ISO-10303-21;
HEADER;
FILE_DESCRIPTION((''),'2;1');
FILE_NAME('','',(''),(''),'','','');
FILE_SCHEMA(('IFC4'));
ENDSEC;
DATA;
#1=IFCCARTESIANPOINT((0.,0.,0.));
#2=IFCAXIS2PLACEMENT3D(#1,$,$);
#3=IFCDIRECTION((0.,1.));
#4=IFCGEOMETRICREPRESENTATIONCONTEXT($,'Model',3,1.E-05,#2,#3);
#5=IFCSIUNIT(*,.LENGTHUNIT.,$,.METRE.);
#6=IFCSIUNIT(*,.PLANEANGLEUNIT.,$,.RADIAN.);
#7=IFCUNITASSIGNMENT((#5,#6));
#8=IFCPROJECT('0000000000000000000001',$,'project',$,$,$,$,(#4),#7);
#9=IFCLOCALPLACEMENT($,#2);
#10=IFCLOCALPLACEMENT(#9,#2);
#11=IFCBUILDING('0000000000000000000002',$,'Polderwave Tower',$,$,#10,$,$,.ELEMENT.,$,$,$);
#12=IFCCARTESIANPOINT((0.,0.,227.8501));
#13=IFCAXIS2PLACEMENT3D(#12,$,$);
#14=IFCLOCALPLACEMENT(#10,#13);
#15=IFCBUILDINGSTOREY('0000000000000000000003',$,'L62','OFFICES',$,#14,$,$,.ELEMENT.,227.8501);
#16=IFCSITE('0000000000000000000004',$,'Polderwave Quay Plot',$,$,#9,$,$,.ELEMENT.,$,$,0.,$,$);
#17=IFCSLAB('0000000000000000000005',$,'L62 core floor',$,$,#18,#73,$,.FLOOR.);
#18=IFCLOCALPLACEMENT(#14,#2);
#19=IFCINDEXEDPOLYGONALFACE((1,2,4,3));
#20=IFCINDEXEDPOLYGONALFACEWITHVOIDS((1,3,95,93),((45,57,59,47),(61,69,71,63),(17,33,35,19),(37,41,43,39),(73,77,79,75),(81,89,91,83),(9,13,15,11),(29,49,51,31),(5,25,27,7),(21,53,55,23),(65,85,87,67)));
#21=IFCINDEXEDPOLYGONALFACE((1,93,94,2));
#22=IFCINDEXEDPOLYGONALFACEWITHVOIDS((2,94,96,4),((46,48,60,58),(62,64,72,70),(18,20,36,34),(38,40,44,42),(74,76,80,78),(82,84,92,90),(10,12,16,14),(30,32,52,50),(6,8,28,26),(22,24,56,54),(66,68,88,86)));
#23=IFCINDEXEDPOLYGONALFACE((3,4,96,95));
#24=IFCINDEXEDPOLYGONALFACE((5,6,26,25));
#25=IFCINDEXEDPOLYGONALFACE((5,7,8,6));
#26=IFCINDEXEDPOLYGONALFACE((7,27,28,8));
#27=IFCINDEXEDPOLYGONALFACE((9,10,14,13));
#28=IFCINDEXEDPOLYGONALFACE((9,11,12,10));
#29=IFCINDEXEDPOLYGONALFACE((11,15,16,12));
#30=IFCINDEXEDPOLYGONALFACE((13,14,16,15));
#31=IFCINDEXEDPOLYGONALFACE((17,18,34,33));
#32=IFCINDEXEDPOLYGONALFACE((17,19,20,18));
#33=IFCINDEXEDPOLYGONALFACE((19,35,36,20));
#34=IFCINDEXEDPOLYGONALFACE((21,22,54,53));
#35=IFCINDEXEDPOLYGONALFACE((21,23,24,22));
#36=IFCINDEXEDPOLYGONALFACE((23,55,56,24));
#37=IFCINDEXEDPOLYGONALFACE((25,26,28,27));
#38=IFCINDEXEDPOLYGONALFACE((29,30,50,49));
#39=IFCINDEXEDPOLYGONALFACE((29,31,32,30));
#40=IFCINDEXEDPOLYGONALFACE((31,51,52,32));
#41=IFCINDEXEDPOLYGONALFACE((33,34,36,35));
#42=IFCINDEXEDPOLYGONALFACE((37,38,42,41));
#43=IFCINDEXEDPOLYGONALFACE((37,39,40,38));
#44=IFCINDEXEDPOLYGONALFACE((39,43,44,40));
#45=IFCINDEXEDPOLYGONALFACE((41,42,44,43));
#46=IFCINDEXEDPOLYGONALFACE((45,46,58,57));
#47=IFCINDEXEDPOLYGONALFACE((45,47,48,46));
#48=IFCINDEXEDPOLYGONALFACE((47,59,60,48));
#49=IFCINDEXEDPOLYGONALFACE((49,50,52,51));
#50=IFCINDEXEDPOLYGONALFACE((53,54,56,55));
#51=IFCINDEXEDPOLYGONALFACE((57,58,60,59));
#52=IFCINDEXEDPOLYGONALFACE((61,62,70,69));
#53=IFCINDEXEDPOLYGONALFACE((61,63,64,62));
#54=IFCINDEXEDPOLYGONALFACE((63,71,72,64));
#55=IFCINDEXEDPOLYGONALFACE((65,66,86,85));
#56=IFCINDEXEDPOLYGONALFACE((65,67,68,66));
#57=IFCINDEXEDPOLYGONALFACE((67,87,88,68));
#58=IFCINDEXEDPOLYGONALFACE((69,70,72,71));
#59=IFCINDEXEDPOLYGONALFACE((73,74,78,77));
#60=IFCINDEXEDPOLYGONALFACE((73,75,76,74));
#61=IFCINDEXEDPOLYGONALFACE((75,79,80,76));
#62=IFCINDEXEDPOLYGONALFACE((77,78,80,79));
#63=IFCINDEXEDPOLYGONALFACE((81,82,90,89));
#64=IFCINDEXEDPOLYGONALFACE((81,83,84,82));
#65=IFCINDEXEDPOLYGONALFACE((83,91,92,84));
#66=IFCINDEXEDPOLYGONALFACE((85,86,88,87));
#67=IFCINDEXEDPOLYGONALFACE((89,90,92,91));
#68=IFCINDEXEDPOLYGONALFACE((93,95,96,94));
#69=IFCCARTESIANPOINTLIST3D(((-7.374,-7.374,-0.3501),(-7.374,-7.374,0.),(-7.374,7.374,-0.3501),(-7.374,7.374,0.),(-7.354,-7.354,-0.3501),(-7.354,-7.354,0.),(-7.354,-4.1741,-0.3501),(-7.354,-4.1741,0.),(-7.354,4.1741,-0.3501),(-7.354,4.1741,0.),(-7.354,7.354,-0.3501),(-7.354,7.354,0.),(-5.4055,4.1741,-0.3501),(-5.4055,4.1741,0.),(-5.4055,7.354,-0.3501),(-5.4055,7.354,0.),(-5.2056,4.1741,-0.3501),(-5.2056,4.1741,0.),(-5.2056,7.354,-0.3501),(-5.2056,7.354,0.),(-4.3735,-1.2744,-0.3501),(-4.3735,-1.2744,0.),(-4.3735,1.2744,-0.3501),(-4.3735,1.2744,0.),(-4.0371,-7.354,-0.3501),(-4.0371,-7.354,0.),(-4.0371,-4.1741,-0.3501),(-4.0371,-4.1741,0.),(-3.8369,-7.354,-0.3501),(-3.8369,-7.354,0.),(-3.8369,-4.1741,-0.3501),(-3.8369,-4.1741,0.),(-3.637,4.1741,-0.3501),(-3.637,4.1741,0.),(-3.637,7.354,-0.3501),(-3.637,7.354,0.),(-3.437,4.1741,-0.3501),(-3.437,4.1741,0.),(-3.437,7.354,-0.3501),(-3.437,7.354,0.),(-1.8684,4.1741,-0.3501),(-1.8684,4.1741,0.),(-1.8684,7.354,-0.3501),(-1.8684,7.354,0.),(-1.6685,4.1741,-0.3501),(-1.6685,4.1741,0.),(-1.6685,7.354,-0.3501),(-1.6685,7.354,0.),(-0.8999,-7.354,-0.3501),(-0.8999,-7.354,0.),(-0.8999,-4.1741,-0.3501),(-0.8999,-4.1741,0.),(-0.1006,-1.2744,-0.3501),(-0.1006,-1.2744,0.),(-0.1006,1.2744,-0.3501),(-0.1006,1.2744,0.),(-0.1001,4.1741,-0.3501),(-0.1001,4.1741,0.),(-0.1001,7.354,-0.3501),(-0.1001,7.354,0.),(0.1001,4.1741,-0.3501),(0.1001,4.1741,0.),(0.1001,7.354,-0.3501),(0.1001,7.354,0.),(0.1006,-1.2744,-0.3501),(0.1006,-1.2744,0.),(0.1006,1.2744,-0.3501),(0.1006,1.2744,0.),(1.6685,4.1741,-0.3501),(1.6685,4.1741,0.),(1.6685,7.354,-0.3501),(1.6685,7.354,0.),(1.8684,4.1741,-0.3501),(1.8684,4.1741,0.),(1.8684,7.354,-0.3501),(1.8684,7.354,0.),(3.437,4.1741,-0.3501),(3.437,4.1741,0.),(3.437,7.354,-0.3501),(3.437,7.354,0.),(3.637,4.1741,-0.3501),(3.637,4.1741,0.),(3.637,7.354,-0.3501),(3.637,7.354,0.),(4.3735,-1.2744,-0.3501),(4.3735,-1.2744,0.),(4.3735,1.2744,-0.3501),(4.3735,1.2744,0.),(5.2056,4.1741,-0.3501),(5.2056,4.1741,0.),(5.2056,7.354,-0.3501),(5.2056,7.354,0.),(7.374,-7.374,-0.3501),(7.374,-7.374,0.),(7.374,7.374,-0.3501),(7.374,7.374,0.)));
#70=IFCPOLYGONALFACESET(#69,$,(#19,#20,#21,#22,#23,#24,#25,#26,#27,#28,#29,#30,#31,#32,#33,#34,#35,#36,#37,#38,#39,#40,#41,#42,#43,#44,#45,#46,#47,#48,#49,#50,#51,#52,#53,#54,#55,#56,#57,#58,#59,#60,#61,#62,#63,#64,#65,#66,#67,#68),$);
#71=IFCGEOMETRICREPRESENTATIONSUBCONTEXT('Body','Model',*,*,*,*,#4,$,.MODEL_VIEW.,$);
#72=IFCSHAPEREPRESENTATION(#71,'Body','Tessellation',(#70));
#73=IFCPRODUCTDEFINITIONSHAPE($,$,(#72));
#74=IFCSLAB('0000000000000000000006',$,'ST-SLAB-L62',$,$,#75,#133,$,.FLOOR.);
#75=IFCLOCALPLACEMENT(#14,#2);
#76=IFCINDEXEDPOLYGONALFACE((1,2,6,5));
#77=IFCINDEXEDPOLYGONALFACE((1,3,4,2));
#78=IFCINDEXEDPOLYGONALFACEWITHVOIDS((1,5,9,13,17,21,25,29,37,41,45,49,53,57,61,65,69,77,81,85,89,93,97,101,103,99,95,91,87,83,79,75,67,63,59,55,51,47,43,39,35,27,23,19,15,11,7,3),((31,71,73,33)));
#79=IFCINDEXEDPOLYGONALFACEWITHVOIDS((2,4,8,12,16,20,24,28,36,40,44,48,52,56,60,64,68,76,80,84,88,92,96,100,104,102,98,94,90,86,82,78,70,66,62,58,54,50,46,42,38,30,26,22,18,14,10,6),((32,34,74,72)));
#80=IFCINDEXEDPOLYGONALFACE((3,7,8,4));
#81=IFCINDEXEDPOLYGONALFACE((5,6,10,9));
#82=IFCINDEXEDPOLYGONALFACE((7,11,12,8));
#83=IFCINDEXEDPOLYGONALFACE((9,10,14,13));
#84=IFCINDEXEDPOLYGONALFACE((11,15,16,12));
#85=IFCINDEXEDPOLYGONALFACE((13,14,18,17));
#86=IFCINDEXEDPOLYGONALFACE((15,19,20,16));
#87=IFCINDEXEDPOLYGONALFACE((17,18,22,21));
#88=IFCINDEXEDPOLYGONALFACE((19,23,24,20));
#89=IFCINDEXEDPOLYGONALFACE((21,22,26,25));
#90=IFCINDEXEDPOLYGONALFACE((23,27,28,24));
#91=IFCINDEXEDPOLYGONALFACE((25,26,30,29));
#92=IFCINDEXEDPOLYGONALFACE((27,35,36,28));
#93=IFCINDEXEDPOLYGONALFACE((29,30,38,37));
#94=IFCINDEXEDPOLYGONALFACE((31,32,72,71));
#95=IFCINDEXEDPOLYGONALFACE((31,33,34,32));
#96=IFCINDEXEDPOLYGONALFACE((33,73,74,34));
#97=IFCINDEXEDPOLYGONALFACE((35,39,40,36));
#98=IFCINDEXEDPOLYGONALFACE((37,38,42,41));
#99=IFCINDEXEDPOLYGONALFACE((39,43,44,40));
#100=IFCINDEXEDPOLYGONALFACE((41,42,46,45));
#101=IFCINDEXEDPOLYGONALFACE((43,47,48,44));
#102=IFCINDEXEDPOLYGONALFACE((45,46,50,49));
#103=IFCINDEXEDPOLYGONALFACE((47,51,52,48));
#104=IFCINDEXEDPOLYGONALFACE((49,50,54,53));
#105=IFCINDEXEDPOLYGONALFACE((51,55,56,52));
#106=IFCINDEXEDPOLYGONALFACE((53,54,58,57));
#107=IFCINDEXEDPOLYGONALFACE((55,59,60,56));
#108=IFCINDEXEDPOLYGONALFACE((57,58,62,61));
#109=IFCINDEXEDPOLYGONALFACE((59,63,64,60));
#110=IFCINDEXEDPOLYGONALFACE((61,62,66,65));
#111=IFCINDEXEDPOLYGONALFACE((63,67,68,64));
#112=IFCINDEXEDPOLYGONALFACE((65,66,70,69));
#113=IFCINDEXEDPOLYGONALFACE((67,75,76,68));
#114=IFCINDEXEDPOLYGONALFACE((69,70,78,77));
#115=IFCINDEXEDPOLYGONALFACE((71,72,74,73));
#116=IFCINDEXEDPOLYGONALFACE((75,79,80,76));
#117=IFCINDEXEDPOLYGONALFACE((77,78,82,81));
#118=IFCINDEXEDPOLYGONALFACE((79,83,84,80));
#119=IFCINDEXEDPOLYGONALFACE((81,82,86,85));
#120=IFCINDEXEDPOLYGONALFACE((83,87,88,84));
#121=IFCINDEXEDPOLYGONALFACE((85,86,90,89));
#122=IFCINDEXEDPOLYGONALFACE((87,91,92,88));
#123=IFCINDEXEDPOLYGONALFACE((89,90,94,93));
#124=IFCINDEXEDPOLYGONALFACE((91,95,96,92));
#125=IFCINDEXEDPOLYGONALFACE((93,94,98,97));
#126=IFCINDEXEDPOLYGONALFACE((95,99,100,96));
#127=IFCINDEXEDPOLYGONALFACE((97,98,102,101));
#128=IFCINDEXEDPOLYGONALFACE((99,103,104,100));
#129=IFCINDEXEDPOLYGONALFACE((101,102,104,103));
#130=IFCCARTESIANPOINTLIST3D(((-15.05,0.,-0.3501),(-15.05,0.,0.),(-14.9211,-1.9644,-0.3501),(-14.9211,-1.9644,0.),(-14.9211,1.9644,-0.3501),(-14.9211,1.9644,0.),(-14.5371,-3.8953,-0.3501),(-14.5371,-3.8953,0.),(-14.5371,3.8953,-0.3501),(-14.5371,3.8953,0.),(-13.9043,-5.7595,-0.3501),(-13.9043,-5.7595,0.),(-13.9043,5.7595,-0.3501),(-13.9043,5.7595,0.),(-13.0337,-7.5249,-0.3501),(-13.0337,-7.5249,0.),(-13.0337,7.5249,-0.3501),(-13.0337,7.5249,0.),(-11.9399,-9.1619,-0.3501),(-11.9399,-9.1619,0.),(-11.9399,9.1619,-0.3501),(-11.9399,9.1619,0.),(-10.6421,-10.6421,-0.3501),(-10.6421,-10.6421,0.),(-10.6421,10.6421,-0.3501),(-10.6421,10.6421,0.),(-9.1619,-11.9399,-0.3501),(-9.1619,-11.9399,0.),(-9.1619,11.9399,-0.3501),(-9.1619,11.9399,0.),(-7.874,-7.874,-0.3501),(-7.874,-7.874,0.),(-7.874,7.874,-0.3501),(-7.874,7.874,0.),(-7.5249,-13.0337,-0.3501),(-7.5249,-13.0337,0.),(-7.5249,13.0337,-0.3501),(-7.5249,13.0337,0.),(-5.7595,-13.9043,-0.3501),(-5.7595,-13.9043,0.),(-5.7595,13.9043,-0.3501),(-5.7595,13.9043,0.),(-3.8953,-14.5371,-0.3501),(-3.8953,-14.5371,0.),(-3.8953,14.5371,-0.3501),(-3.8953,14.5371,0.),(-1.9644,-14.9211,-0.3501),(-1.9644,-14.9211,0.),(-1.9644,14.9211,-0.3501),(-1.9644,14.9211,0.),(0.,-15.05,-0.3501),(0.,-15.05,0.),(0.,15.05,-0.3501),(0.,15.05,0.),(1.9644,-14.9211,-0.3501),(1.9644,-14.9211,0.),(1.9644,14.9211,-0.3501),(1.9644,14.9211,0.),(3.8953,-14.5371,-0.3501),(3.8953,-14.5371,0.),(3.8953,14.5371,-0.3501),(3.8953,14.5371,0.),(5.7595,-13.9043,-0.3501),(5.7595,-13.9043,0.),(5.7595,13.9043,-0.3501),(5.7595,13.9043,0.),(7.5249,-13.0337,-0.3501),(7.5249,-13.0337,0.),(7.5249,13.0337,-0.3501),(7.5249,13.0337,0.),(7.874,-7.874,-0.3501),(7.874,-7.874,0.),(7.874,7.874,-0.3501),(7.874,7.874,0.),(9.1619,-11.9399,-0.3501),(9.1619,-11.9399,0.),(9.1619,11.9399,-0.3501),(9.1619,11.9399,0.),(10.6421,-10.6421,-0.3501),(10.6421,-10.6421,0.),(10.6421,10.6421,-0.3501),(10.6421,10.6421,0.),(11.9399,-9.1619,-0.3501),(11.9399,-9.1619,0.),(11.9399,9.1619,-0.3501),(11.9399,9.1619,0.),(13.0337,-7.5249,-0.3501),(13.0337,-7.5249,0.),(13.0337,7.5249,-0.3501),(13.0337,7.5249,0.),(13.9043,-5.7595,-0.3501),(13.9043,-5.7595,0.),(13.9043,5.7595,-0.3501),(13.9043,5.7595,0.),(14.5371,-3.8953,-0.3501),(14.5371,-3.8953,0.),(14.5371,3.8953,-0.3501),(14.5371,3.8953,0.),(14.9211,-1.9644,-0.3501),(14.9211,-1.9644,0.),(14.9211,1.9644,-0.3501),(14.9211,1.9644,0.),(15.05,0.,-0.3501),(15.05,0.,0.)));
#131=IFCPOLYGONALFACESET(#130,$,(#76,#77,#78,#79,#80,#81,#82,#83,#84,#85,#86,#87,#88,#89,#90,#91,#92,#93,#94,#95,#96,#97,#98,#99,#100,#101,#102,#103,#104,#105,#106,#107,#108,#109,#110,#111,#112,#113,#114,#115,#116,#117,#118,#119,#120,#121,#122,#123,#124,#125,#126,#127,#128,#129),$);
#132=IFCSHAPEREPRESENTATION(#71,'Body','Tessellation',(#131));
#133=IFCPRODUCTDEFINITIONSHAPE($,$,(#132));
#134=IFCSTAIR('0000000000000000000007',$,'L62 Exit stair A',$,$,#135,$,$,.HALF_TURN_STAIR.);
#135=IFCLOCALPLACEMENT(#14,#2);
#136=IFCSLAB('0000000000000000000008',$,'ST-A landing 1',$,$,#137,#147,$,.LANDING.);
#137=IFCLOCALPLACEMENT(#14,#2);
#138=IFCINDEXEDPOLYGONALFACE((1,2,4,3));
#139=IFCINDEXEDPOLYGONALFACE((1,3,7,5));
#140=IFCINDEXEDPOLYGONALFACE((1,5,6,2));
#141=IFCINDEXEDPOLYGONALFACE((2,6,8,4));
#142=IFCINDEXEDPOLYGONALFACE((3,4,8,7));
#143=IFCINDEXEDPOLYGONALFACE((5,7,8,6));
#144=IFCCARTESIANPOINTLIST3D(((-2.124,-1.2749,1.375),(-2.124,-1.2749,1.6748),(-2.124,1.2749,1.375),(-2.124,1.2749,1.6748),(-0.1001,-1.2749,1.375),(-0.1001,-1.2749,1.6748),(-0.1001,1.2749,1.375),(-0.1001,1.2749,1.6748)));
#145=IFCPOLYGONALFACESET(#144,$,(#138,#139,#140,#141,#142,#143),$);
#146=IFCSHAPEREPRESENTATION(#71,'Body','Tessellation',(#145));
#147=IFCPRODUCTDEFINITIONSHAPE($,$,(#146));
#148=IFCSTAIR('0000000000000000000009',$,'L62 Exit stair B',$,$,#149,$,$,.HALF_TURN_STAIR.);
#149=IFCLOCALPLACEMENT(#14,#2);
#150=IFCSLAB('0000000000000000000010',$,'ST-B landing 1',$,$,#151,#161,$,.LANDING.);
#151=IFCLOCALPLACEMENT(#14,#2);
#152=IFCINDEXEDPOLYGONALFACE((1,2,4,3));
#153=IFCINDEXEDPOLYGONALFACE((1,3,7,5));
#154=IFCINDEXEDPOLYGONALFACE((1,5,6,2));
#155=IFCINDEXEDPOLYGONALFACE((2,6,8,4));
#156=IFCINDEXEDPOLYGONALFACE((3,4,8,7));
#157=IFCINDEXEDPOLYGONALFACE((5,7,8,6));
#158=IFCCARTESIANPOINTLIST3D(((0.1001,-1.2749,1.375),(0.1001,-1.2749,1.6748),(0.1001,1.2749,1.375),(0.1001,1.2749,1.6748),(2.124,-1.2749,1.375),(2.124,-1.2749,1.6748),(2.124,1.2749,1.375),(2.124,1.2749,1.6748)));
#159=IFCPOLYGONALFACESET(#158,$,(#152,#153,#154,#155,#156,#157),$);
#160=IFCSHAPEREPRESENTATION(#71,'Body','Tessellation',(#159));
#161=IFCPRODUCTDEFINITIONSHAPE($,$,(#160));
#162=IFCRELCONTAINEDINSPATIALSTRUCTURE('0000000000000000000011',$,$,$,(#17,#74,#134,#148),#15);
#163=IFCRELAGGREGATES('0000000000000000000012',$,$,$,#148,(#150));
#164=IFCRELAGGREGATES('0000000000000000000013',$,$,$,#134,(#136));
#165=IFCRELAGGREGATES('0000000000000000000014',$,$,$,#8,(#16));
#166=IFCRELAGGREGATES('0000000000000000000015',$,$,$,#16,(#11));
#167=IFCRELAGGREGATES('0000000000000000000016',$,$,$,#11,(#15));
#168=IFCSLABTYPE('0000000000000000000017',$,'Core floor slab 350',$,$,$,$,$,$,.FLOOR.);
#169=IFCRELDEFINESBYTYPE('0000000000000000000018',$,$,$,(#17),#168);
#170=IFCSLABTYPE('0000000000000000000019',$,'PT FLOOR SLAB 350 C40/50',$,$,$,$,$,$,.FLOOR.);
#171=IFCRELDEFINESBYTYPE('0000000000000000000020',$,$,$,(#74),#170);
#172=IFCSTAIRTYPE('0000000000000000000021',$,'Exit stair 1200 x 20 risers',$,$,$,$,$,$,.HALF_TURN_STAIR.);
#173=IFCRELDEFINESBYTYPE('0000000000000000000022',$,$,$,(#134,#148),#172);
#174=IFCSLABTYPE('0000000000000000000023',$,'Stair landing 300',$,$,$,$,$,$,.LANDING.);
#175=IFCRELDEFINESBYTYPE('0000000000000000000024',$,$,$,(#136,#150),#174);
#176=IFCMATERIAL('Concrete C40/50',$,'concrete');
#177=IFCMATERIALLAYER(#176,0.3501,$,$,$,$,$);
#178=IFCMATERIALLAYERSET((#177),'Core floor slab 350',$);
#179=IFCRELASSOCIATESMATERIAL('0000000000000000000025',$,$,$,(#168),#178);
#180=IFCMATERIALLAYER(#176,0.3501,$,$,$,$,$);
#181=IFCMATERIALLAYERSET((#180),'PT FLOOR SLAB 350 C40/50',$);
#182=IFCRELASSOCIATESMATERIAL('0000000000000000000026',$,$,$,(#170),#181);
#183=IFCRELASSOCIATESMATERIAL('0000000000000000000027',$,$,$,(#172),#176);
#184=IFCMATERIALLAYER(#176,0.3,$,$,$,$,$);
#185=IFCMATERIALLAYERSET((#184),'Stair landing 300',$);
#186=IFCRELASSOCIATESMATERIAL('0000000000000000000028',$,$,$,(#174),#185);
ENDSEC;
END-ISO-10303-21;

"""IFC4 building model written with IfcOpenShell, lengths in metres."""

from ifc_helpers import new_model, si_unit, direction, frame, origin, place, context, subcontext, project, spatial, polyline, outline, extrude, material, layer, layer_set, type_object, element, aggregate, save


model = new_model("IFC4")

# Units and contexts
model_context = context("Model", 3, precision=1e-05, world=origin(), true_north=direction((0.0, 1.0)))
body_context = subcontext(model_context, "Body", "Model", "MODEL_VIEW")
ifc_project = project(units=[si_unit("LENGTHUNIT", "METRE"), si_unit("PLANEANGLEUNIT", "RADIAN")], contexts=[model_context])

# Site, building, storey
site_placement = place(None, origin())
site = spatial("IfcSite", under=ifc_project, at=site_placement, Name="Polderwave Quay Plot", CompositionType="ELEMENT", RefElevation=0.0)
building_placement = place(site_placement, origin())
building = spatial("IfcBuilding", under=site, at=building_placement, Name="Polderwave Tower", CompositionType="ELEMENT")
storey_placement = place(building_placement, frame((0.0, 0.0, 227.8501)))
storey = spatial("IfcBuildingStorey", under=building, at=storey_placement, Name="L62", Description="OFFICES", CompositionType="ELEMENT", Elevation=227.8501)

# Slabs
ifc_material_1 = material(Name="Concrete C40/50", Category="concrete")
ifc_layer_1 = layer(ifc_material_1, 0.3501)
ifc_layer_set_1 = layer_set([ifc_layer_1], Name="Core floor slab 350")
slab_type_1 = type_object("IfcSlabType", Name="Core floor slab 350", PredefinedType="FLOOR", material=ifc_layer_set_1)
slab_1_placement = place(storey_placement, frame((0.0, 0.0, -0.3501)))
element("IfcSlab", 1, at=slab_1_placement, inside=storey, type_object=slab_type_1, Name="L62 core floor", PredefinedType="FLOOR", context=body_context, shape_type="SweptSolid", body=[
    extrude(outline(polyline([(-7.374, -7.374), (7.374, -7.374), (7.374, 7.374), (-7.374, 7.374), (-7.374, -7.374)]), holes=[polyline([(-7.354, -7.354), (-4.0371, -7.354), (-4.0371, -4.1741), (-7.354, -4.1741), (-7.354, -7.354)]), polyline([(-3.8369, -7.354), (-0.8999, -7.354), (-0.8999, -4.1741), (-3.8369, -4.1741), (-3.8369, -7.354)]), polyline([(-7.354, 4.1741), (-5.4055, 4.1741), (-5.4055, 7.354), (-7.354, 7.354), (-7.354, 4.1741)]), polyline([(-5.2056, 4.1741), (-3.637, 4.1741), (-3.637, 7.354), (-5.2056, 7.354), (-5.2056, 4.1741)]), polyline([(-3.437, 4.1741), (-1.8684, 4.1741), (-1.8684, 7.354), (-3.437, 7.354), (-3.437, 4.1741)]), polyline([(-1.6685, 4.1741), (-0.1001, 4.1741), (-0.1001, 7.354), (-1.6685, 7.354), (-1.6685, 4.1741)]), polyline([(0.1001, 4.1741), (1.6685, 4.1741), (1.6685, 7.354), (0.1001, 7.354), (0.1001, 4.1741)]), polyline([(1.8684, 4.1741), (3.437, 4.1741), (3.437, 7.354), (1.8684, 7.354), (1.8684, 4.1741)]), polyline([(3.637, 4.1741), (5.2056, 4.1741), (5.2056, 7.354), (3.637, 7.354), (3.637, 4.1741)]), polyline([(-4.3735, -1.2744), (-0.1006, -1.2744), (-0.1006, 1.2744), (-4.3735, 1.2744), (-4.3735, -1.2744)]), polyline([(0.1006, -1.2744), (4.3735, -1.2744), (4.3735, 1.2744), (0.1006, 1.2744), (0.1006, -1.2744)])]), origin(), (0.0, 0.0, 1.0), 0.3501),
])
ifc_layer_2 = layer(ifc_material_1, 0.3501)
ifc_layer_set_2 = layer_set([ifc_layer_2], Name="PT FLOOR SLAB 350 C40/50")
slab_type_2 = type_object("IfcSlabType", Name="PT FLOOR SLAB 350 C40/50", PredefinedType="FLOOR", material=ifc_layer_set_2)
slab_2_placement = place(storey_placement, frame((0.0, 0.0, -0.3501)))
element("IfcSlab", 2, at=slab_2_placement, inside=storey, type_object=slab_type_2, Name="ST-SLAB-L62", PredefinedType="FLOOR", context=body_context, shape_type="SweptSolid", body=[
    extrude(outline(polyline([(15.05, 0.0), (14.9211, 1.9644), (14.5371, 3.8953), (13.9043, 5.7595), (13.0337, 7.5249), (11.9399, 9.1619), (10.6421, 10.6421), (9.1619, 11.9399), (7.5249, 13.0337), (5.7595, 13.9043), (3.8953, 14.5371), (1.9644, 14.9211), (0.0, 15.05), (-1.9644, 14.9211), (-3.8953, 14.5371), (-5.7595, 13.9043), (-7.5249, 13.0337), (-9.1619, 11.9399), (-10.6421, 10.6421), (-11.9399, 9.1619), (-13.0337, 7.5249), (-13.9043, 5.7595), (-14.5371, 3.8953), (-14.9211, 1.9644), (-15.05, 0.0), (-14.9211, -1.9644), (-14.5371, -3.8953), (-13.9043, -5.7595), (-13.0337, -7.5249), (-11.9399, -9.1619), (-10.6421, -10.6421), (-9.1619, -11.9399), (-7.5249, -13.0337), (-5.7595, -13.9043), (-3.8953, -14.5371), (-1.9644, -14.9211), (0.0, -15.05), (1.9644, -14.9211), (3.8953, -14.5371), (5.7595, -13.9043), (7.5249, -13.0337), (9.1619, -11.9399), (10.6421, -10.6421), (11.9399, -9.1619), (13.0337, -7.5249), (13.9043, -5.7595), (14.5371, -3.8953), (14.9211, -1.9644), (15.05, 0.0)]), holes=[polyline([(-7.874, -7.874), (7.874, -7.874), (7.874, 7.874), (-7.874, 7.874), (-7.874, -7.874)])]), origin(), (0.0, 0.0, 1.0), 0.3501),
])

# Stairs, slabs
stair_type = type_object("IfcStairType", Name="Exit stair 1200 x 20 risers", PredefinedType="HALF_TURN_STAIR", material=ifc_material_1)
stair_1_placement = place(storey_placement, origin())
stair_1 = element("IfcStair", 3, at=stair_1_placement, inside=storey, type_object=stair_type, Name="L62 Exit stair A", PredefinedType="HALF_TURN_STAIR")
ifc_layer_3 = layer(ifc_material_1, 0.3)
ifc_layer_set_3 = layer_set([ifc_layer_3], Name="Stair landing 300")
slab_type_3 = type_object("IfcSlabType", Name="Stair landing 300", PredefinedType="LANDING", material=ifc_layer_set_3)
slab_3_placement = place(storey_placement, frame((0.0, 0.0, 1.375)))
slab_3 = element("IfcSlab", 4, at=slab_3_placement, type_object=slab_type_3, Name="ST-A landing 1", PredefinedType="LANDING", context=body_context, shape_type="SweptSolid", body=[
    extrude(outline(polyline([(-2.124, -1.2749), (-0.1001, -1.2749), (-0.1001, 1.2749), (-2.124, 1.2749), (-2.124, -1.2749)])), origin(), (0.0, 0.0, 1.0), 0.2998),
])
stair_2_placement = place(storey_placement, origin())
stair_2 = element("IfcStair", 5, at=stair_2_placement, inside=storey, type_object=stair_type, Name="L62 Exit stair B", PredefinedType="HALF_TURN_STAIR")
slab_4_placement = place(storey_placement, frame((0.0, 0.0, 1.375)))
slab_4 = element("IfcSlab", 6, at=slab_4_placement, type_object=slab_type_3, Name="ST-B landing 1", PredefinedType="LANDING", context=body_context, shape_type="SweptSolid", body=[
    extrude(outline(polyline([(2.124, 1.2749), (0.1001, 1.2749), (0.1001, -1.2749), (2.124, -1.2749), (2.124, 1.2749)])), origin(), (0.0, 0.0, 1.0), 0.2998),
])
aggregate(stair_2, [slab_4])

aggregate(stair_1, [slab_3])

save(model, "model.ifc")
